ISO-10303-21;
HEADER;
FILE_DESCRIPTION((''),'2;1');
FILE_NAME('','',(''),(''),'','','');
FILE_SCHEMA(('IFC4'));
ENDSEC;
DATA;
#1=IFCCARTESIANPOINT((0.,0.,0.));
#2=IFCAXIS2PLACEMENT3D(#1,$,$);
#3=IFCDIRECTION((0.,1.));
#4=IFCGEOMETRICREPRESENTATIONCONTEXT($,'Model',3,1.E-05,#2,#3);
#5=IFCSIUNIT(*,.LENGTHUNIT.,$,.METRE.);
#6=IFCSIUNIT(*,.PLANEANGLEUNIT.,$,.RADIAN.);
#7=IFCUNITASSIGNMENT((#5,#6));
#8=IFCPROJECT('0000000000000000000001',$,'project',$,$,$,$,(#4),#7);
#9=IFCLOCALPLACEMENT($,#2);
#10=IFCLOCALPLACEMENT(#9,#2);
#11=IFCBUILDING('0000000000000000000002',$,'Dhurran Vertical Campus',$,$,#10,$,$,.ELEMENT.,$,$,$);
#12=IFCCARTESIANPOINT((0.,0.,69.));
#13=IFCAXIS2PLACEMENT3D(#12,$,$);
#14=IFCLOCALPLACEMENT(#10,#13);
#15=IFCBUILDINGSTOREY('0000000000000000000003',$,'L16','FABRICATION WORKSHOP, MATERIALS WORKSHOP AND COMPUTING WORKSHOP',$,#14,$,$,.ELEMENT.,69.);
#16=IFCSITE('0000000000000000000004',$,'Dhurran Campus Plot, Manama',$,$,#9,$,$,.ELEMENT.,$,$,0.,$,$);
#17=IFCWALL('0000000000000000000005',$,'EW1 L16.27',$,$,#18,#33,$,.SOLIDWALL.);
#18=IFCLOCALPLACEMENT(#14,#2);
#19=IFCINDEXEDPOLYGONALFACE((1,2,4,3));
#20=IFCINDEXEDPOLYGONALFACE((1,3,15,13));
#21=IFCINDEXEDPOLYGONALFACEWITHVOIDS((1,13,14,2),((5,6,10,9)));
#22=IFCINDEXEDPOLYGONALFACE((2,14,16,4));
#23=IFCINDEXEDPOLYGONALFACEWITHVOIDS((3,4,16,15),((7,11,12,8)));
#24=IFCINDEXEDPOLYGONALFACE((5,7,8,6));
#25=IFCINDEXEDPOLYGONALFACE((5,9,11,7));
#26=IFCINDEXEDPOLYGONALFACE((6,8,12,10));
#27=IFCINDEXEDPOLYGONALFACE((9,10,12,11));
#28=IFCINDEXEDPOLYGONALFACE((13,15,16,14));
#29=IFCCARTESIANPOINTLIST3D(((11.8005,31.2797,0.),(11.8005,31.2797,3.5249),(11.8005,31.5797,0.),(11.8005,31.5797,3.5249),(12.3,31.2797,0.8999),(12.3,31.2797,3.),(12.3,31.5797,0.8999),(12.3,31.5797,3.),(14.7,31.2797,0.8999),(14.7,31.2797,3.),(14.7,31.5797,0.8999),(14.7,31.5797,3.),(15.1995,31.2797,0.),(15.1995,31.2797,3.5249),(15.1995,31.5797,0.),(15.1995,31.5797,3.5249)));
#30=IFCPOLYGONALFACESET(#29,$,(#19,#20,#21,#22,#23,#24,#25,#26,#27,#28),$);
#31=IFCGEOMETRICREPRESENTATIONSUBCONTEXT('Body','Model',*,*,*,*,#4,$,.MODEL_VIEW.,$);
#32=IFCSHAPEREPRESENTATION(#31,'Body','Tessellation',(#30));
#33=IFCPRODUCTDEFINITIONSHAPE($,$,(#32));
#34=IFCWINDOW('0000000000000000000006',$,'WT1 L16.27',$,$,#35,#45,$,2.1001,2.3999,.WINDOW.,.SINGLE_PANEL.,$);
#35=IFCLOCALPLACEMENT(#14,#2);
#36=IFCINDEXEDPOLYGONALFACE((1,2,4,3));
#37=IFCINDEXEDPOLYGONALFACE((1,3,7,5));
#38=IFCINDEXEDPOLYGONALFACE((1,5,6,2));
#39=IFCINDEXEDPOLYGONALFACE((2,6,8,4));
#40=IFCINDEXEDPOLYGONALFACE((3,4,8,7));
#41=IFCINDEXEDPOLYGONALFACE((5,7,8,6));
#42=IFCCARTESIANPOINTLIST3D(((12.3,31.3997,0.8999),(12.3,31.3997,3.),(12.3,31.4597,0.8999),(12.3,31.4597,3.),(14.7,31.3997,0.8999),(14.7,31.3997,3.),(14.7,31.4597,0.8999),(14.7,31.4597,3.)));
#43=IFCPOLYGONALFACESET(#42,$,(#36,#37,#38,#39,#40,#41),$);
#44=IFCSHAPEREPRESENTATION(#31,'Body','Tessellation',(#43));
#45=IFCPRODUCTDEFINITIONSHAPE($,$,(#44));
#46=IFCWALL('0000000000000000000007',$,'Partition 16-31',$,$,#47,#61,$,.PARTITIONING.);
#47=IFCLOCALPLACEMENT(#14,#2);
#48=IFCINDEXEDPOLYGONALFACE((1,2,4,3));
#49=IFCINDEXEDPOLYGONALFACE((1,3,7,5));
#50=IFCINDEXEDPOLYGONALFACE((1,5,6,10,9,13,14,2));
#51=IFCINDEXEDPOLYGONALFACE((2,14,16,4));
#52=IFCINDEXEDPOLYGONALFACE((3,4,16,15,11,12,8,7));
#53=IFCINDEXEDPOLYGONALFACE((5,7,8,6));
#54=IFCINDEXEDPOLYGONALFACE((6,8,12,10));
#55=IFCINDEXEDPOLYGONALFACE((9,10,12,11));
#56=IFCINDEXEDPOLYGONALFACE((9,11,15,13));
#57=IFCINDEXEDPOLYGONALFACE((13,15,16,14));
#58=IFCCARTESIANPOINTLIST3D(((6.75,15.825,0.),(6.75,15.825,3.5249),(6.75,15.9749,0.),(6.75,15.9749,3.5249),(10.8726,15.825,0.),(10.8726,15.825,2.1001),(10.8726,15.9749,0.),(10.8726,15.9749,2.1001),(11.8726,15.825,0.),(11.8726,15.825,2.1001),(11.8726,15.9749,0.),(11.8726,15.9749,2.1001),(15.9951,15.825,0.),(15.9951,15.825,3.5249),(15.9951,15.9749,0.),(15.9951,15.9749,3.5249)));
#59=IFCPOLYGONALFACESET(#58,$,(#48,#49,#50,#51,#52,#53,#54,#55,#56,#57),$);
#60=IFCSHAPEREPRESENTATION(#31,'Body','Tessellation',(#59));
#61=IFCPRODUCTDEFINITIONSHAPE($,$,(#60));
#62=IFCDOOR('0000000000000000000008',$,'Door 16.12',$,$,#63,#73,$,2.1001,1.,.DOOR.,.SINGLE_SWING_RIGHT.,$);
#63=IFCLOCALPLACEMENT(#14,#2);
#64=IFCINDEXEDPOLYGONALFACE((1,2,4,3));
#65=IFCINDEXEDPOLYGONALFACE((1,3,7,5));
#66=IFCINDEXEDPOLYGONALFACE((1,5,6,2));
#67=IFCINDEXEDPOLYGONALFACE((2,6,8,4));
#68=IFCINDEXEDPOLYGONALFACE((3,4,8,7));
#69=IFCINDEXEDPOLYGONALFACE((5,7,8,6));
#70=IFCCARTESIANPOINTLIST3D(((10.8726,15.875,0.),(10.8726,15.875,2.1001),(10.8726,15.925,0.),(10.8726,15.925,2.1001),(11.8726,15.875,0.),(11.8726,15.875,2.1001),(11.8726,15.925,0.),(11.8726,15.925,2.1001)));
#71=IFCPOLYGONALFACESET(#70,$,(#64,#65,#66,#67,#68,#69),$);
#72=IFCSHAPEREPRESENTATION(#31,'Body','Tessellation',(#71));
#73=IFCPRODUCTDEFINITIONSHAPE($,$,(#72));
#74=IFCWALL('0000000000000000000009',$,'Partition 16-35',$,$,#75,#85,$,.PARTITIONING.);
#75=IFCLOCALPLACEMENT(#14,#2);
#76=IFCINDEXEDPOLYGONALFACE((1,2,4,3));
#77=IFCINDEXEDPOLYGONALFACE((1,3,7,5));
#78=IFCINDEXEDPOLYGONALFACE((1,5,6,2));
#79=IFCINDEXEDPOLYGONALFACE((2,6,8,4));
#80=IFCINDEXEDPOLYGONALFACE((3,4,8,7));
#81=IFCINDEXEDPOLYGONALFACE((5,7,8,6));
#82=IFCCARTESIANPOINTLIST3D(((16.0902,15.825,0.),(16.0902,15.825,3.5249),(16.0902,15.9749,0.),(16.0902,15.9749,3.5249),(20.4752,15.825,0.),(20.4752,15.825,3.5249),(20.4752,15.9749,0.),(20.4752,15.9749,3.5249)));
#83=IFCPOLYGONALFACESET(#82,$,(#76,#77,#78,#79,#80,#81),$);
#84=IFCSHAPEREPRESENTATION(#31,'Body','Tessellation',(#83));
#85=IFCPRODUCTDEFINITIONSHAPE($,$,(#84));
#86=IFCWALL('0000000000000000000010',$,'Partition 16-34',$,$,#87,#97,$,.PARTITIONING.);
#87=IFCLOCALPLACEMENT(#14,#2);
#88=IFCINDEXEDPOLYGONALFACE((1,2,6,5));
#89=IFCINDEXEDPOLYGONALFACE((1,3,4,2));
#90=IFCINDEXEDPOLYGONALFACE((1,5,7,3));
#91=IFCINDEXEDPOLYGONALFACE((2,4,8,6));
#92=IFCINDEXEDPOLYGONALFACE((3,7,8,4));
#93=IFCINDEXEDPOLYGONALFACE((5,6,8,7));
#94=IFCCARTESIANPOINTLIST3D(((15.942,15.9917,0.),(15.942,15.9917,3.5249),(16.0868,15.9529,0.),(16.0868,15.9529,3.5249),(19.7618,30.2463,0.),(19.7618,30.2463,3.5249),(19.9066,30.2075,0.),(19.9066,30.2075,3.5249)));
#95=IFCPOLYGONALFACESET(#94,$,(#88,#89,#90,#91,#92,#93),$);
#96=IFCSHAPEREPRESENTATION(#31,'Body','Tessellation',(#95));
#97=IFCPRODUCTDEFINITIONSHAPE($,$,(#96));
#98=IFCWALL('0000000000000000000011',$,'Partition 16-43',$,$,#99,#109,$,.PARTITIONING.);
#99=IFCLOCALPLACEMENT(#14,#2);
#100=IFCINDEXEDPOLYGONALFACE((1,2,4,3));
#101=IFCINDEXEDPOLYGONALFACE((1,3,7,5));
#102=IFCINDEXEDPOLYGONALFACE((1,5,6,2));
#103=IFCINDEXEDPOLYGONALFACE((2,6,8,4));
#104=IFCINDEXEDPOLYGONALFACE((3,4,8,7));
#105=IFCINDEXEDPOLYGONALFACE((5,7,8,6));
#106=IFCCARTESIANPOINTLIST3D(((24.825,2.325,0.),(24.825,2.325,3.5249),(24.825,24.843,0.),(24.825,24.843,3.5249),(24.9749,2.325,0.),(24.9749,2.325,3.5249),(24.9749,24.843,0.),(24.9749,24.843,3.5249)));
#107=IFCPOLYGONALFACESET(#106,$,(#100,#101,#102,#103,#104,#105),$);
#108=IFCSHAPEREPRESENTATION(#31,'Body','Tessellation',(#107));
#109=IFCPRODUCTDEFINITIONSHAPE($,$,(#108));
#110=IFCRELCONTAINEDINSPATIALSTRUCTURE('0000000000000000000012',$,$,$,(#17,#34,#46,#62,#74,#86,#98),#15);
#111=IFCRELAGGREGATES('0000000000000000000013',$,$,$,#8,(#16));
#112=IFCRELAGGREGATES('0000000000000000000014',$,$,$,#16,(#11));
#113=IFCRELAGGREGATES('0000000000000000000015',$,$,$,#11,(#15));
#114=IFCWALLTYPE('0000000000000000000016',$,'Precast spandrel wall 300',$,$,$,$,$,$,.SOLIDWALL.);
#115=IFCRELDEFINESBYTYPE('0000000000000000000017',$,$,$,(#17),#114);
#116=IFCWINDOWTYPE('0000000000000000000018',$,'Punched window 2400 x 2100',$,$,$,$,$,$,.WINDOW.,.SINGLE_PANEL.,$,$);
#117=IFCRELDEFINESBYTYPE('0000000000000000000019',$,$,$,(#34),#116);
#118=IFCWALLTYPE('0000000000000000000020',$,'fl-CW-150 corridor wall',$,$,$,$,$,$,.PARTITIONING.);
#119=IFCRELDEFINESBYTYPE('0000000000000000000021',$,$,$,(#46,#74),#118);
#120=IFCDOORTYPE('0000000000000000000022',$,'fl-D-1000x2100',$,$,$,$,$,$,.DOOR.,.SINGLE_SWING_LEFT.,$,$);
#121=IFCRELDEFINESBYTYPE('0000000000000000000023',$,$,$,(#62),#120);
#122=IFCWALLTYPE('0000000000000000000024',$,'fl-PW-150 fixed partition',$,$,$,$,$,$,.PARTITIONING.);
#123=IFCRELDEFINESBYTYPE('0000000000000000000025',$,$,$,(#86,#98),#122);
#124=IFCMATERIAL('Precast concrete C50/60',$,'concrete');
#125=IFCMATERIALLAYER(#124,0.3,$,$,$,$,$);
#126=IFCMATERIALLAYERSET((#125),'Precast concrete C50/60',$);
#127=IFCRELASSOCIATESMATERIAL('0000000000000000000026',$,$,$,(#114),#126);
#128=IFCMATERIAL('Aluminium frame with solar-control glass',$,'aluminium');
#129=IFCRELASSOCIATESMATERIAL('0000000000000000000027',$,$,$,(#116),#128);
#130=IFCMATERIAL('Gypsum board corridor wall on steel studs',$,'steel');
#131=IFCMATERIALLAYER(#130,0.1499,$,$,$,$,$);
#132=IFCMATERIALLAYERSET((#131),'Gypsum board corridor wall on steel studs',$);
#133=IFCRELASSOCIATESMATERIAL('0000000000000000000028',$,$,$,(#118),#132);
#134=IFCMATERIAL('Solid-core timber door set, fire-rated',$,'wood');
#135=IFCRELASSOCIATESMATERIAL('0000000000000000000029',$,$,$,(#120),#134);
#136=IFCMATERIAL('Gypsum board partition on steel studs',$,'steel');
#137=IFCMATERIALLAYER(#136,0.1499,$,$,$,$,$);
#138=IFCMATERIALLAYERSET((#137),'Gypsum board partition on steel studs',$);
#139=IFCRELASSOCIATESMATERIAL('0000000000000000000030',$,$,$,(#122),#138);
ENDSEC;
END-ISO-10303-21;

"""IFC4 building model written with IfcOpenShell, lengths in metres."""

from ifc_helpers import new_model, si_unit, direction, frame, frame_2d, origin, place, context, subcontext, project, spatial, rectangle, extrude, material, layer, layer_set, type_object, element, fill, save


model = new_model("IFC4")

# Units and contexts
model_context = context("Model", 3, precision=1e-05, world=origin(), true_north=direction((0.0, 1.0)))
body_context = subcontext(model_context, "Body", "Model", "MODEL_VIEW")
ifc_project = project(units=[si_unit("LENGTHUNIT", "METRE"), si_unit("PLANEANGLEUNIT", "RADIAN")], contexts=[model_context])

# Site, building, storey
site_placement = place(None, origin())
site = spatial("IfcSite", under=ifc_project, at=site_placement, Name="Dhurran Campus Plot, Manama", CompositionType="ELEMENT", RefElevation=0.0)
building_placement = place(site_placement, origin())
building = spatial("IfcBuilding", under=site, at=building_placement, Name="Dhurran Vertical Campus", CompositionType="ELEMENT")
storey_placement = place(building_placement, frame((0.0, 0.0, 69.0)))
storey = spatial("IfcBuildingStorey", under=building, at=storey_placement, Name="L16", Description="FABRICATION WORKSHOP, MATERIALS WORKSHOP AND COMPUTING WORKSHOP", CompositionType="ELEMENT", Elevation=69.0)

# Wall, opening, window
ifc_material_1 = material(Name="Precast concrete C50/60", Category="concrete")
ifc_layer_1 = layer(ifc_material_1, 0.3)
ifc_layer_set_1 = layer_set([ifc_layer_1], Name="Precast concrete C50/60")
wall_type_1 = type_object("IfcWallType", Name="Precast spandrel wall 300", PredefinedType="SOLIDWALL", material=ifc_layer_set_1)
ifc_material_2 = material(Name="Aluminium frame with solar-control glass", Category="aluminium")
window_type = type_object("IfcWindowType", Name="Punched window 2400 x 2100", PartitioningType="SINGLE_PANEL", PredefinedType="WINDOW", material=ifc_material_2)
wall_1_placement = place(storey_placement, frame((15.1995, 31.4297, 0.0), z_axis=(0.0, 0.0, 1.0), x_axis=(-1.0, 0.0, 0.0)))
wall_1 = element("IfcWall", 1, at=wall_1_placement, inside=storey, type_object=wall_type_1, Name="EW1 L16.27", PredefinedType="SOLIDWALL", context=body_context, shape_type="SweptSolid", body=[
    extrude(rectangle(XDim=3.3989, YDim=0.3, at=frame_2d((1.6995, 0.0))), origin(), (0.0, 0.0, 1.0), 3.5249),
])
opening_1_placement = place(wall_1_placement, frame((0.4995, 0.0, 0.8999)))
opening_1 = element("IfcOpeningElement", 2, at=opening_1_placement, cuts=wall_1, PredefinedType="OPENING", context=body_context, shape_type="SweptSolid", body=[
    extrude(rectangle(XDim=2.3999, YDim=2.1001, at=frame_2d((1.2, 1.05))), frame((0.0, 0.1599, 0.0), z_axis=(0.0, -1.0, 0.0), x_axis=(1.0, 0.0, 0.0)), (0.0, 0.0, 1.0), 0.3201),
])
window_1_placement = place(opening_1_placement, origin())
window_1 = element("IfcWindow", 3, at=window_1_placement, inside=storey, type_object=window_type, Name="WT1 L16.27", OverallHeight=2.1001, OverallWidth=2.3999, PartitioningType="SINGLE_PANEL", PredefinedType="WINDOW", context=body_context, shape_type="SweptSolid", body=[
    extrude(rectangle(XDim=2.3999, YDim=2.1001, at=frame_2d((1.2, 1.05))), frame((0.0, 0.03, 0.0), z_axis=(0.0, -1.0, 0.0), x_axis=(1.0, 0.0, 0.0)), (0.0, 0.0, 1.0), 0.0601),
])
fill(opening_1, window_1)

# Wall, opening, door
ifc_material_3 = material(Name="Gypsum board corridor wall on steel studs", Category="steel")
ifc_layer_2 = layer(ifc_material_3, 0.1499)
ifc_layer_set_2 = layer_set([ifc_layer_2], Name="Gypsum board corridor wall on steel studs")
wall_type_2 = type_object("IfcWallType", Name="fl-CW-150 corridor wall", PredefinedType="PARTITIONING", material=ifc_layer_set_2)
wall_2_placement = place(storey_placement, frame((15.9951, 15.8999, 0.0), z_axis=(0.0, 0.0, 1.0), x_axis=(-1.0, 0.0, 0.0)))
wall_2 = element("IfcWall", 4, at=wall_2_placement, inside=storey, type_object=wall_type_2, Name="Partition 16-31", PredefinedType="PARTITIONING", context=body_context, shape_type="SweptSolid", body=[
    extrude(rectangle(XDim=9.2451, YDim=0.1499, at=frame_2d((4.6226, 0.0))), origin(), (0.0, 0.0, 1.0), 3.5249),
])
opening_2_placement = place(wall_2_placement, frame((4.1226, 0.0, 0.0)))
opening_2 = element("IfcOpeningElement", 5, at=opening_2_placement, cuts=wall_2, PredefinedType="OPENING", context=body_context, shape_type="SweptSolid", body=[
    extrude(rectangle(XDim=1.0, YDim=2.1001, at=frame_2d((0.5, 1.05))), frame((0.0, 0.085, 0.0), z_axis=(0.0, -1.0, 0.0), x_axis=(1.0, 0.0, 0.0)), (0.0, 0.0, 1.0), 0.1699),
])
ifc_material_4 = material(Name="Solid-core timber door set, fire-rated", Category="wood")
door_type = type_object("IfcDoorType", Name="fl-D-1000x2100", OperationType="SINGLE_SWING_LEFT", PredefinedType="DOOR", material=ifc_material_4)
door_placement = place(opening_2_placement, origin())
door = element("IfcDoor", 6, at=door_placement, inside=storey, type_object=door_type, Name="Door 16.12", OperationType="SINGLE_SWING_RIGHT", OverallHeight=2.1001, OverallWidth=1.0, PredefinedType="DOOR", context=body_context, shape_type="SweptSolid", body=[
    extrude(rectangle(XDim=1.0, YDim=2.1001, at=frame_2d((0.5, 1.05))), frame((0.0, 0.0249, 0.0), z_axis=(0.0, -1.0, 0.0), x_axis=(1.0, 0.0, 0.0)), (0.0, 0.0, 1.0), 0.05),
])
fill(opening_2, door)

# Walls
wall_3_placement = place(storey_placement, frame((20.4751, 15.8999, 0.0), z_axis=(0.0, 0.0, 1.0), x_axis=(-1.0, 0.0, 0.0)))
element("IfcWall", 7, at=wall_3_placement, inside=storey, type_object=wall_type_2, Name="Partition 16-35", PredefinedType="PARTITIONING", context=body_context, shape_type="SweptSolid", body=[
    extrude(rectangle(XDim=4.385, YDim=0.1499, at=frame_2d((2.1924, 0.0))), origin(), (0.0, 0.0, 1.0), 3.5249),
])
ifc_material_5 = material(Name="Gypsum board partition on steel studs", Category="steel")
ifc_layer_3 = layer(ifc_material_5, 0.1499)
ifc_layer_set_3 = layer_set([ifc_layer_3], Name="Gypsum board partition on steel studs")
wall_type_3 = type_object("IfcWallType", Name="fl-PW-150 fixed partition", PredefinedType="PARTITIONING", material=ifc_layer_set_3)
wall_4_placement = place(storey_placement, frame((19.8342, 30.2271, 0.0), z_axis=(0.0, 0.0, 1.0), x_axis=(-0.258838, -0.965921, 0.0)))
element("IfcWall", 8, at=wall_4_placement, inside=storey, type_object=wall_type_3, Name="Partition 16-34", PredefinedType="PARTITIONING", context=body_context, shape_type="SweptSolid", body=[
    extrude(rectangle(XDim=14.7576, YDim=0.1499, at=frame_2d((7.3789, 0.0))), origin(), (0.0, 0.0, 1.0), 3.5249),
])
wall_5_placement = place(storey_placement, frame((24.8999, 24.843, 0.0), z_axis=(0.0, 0.0, 1.0), x_axis=(0.0, -1.0, 0.0)))
element("IfcWall", 9, at=wall_5_placement, inside=storey, type_object=wall_type_3, Name="Partition 16-43", PredefinedType="PARTITIONING", context=body_context, shape_type="SweptSolid", body=[
    extrude(rectangle(XDim=22.5181, YDim=0.1499, at=frame_2d((11.259, 0.0))), origin(), (0.0, 0.0, 1.0), 3.5249),
])

save(model, "model.ifc")
